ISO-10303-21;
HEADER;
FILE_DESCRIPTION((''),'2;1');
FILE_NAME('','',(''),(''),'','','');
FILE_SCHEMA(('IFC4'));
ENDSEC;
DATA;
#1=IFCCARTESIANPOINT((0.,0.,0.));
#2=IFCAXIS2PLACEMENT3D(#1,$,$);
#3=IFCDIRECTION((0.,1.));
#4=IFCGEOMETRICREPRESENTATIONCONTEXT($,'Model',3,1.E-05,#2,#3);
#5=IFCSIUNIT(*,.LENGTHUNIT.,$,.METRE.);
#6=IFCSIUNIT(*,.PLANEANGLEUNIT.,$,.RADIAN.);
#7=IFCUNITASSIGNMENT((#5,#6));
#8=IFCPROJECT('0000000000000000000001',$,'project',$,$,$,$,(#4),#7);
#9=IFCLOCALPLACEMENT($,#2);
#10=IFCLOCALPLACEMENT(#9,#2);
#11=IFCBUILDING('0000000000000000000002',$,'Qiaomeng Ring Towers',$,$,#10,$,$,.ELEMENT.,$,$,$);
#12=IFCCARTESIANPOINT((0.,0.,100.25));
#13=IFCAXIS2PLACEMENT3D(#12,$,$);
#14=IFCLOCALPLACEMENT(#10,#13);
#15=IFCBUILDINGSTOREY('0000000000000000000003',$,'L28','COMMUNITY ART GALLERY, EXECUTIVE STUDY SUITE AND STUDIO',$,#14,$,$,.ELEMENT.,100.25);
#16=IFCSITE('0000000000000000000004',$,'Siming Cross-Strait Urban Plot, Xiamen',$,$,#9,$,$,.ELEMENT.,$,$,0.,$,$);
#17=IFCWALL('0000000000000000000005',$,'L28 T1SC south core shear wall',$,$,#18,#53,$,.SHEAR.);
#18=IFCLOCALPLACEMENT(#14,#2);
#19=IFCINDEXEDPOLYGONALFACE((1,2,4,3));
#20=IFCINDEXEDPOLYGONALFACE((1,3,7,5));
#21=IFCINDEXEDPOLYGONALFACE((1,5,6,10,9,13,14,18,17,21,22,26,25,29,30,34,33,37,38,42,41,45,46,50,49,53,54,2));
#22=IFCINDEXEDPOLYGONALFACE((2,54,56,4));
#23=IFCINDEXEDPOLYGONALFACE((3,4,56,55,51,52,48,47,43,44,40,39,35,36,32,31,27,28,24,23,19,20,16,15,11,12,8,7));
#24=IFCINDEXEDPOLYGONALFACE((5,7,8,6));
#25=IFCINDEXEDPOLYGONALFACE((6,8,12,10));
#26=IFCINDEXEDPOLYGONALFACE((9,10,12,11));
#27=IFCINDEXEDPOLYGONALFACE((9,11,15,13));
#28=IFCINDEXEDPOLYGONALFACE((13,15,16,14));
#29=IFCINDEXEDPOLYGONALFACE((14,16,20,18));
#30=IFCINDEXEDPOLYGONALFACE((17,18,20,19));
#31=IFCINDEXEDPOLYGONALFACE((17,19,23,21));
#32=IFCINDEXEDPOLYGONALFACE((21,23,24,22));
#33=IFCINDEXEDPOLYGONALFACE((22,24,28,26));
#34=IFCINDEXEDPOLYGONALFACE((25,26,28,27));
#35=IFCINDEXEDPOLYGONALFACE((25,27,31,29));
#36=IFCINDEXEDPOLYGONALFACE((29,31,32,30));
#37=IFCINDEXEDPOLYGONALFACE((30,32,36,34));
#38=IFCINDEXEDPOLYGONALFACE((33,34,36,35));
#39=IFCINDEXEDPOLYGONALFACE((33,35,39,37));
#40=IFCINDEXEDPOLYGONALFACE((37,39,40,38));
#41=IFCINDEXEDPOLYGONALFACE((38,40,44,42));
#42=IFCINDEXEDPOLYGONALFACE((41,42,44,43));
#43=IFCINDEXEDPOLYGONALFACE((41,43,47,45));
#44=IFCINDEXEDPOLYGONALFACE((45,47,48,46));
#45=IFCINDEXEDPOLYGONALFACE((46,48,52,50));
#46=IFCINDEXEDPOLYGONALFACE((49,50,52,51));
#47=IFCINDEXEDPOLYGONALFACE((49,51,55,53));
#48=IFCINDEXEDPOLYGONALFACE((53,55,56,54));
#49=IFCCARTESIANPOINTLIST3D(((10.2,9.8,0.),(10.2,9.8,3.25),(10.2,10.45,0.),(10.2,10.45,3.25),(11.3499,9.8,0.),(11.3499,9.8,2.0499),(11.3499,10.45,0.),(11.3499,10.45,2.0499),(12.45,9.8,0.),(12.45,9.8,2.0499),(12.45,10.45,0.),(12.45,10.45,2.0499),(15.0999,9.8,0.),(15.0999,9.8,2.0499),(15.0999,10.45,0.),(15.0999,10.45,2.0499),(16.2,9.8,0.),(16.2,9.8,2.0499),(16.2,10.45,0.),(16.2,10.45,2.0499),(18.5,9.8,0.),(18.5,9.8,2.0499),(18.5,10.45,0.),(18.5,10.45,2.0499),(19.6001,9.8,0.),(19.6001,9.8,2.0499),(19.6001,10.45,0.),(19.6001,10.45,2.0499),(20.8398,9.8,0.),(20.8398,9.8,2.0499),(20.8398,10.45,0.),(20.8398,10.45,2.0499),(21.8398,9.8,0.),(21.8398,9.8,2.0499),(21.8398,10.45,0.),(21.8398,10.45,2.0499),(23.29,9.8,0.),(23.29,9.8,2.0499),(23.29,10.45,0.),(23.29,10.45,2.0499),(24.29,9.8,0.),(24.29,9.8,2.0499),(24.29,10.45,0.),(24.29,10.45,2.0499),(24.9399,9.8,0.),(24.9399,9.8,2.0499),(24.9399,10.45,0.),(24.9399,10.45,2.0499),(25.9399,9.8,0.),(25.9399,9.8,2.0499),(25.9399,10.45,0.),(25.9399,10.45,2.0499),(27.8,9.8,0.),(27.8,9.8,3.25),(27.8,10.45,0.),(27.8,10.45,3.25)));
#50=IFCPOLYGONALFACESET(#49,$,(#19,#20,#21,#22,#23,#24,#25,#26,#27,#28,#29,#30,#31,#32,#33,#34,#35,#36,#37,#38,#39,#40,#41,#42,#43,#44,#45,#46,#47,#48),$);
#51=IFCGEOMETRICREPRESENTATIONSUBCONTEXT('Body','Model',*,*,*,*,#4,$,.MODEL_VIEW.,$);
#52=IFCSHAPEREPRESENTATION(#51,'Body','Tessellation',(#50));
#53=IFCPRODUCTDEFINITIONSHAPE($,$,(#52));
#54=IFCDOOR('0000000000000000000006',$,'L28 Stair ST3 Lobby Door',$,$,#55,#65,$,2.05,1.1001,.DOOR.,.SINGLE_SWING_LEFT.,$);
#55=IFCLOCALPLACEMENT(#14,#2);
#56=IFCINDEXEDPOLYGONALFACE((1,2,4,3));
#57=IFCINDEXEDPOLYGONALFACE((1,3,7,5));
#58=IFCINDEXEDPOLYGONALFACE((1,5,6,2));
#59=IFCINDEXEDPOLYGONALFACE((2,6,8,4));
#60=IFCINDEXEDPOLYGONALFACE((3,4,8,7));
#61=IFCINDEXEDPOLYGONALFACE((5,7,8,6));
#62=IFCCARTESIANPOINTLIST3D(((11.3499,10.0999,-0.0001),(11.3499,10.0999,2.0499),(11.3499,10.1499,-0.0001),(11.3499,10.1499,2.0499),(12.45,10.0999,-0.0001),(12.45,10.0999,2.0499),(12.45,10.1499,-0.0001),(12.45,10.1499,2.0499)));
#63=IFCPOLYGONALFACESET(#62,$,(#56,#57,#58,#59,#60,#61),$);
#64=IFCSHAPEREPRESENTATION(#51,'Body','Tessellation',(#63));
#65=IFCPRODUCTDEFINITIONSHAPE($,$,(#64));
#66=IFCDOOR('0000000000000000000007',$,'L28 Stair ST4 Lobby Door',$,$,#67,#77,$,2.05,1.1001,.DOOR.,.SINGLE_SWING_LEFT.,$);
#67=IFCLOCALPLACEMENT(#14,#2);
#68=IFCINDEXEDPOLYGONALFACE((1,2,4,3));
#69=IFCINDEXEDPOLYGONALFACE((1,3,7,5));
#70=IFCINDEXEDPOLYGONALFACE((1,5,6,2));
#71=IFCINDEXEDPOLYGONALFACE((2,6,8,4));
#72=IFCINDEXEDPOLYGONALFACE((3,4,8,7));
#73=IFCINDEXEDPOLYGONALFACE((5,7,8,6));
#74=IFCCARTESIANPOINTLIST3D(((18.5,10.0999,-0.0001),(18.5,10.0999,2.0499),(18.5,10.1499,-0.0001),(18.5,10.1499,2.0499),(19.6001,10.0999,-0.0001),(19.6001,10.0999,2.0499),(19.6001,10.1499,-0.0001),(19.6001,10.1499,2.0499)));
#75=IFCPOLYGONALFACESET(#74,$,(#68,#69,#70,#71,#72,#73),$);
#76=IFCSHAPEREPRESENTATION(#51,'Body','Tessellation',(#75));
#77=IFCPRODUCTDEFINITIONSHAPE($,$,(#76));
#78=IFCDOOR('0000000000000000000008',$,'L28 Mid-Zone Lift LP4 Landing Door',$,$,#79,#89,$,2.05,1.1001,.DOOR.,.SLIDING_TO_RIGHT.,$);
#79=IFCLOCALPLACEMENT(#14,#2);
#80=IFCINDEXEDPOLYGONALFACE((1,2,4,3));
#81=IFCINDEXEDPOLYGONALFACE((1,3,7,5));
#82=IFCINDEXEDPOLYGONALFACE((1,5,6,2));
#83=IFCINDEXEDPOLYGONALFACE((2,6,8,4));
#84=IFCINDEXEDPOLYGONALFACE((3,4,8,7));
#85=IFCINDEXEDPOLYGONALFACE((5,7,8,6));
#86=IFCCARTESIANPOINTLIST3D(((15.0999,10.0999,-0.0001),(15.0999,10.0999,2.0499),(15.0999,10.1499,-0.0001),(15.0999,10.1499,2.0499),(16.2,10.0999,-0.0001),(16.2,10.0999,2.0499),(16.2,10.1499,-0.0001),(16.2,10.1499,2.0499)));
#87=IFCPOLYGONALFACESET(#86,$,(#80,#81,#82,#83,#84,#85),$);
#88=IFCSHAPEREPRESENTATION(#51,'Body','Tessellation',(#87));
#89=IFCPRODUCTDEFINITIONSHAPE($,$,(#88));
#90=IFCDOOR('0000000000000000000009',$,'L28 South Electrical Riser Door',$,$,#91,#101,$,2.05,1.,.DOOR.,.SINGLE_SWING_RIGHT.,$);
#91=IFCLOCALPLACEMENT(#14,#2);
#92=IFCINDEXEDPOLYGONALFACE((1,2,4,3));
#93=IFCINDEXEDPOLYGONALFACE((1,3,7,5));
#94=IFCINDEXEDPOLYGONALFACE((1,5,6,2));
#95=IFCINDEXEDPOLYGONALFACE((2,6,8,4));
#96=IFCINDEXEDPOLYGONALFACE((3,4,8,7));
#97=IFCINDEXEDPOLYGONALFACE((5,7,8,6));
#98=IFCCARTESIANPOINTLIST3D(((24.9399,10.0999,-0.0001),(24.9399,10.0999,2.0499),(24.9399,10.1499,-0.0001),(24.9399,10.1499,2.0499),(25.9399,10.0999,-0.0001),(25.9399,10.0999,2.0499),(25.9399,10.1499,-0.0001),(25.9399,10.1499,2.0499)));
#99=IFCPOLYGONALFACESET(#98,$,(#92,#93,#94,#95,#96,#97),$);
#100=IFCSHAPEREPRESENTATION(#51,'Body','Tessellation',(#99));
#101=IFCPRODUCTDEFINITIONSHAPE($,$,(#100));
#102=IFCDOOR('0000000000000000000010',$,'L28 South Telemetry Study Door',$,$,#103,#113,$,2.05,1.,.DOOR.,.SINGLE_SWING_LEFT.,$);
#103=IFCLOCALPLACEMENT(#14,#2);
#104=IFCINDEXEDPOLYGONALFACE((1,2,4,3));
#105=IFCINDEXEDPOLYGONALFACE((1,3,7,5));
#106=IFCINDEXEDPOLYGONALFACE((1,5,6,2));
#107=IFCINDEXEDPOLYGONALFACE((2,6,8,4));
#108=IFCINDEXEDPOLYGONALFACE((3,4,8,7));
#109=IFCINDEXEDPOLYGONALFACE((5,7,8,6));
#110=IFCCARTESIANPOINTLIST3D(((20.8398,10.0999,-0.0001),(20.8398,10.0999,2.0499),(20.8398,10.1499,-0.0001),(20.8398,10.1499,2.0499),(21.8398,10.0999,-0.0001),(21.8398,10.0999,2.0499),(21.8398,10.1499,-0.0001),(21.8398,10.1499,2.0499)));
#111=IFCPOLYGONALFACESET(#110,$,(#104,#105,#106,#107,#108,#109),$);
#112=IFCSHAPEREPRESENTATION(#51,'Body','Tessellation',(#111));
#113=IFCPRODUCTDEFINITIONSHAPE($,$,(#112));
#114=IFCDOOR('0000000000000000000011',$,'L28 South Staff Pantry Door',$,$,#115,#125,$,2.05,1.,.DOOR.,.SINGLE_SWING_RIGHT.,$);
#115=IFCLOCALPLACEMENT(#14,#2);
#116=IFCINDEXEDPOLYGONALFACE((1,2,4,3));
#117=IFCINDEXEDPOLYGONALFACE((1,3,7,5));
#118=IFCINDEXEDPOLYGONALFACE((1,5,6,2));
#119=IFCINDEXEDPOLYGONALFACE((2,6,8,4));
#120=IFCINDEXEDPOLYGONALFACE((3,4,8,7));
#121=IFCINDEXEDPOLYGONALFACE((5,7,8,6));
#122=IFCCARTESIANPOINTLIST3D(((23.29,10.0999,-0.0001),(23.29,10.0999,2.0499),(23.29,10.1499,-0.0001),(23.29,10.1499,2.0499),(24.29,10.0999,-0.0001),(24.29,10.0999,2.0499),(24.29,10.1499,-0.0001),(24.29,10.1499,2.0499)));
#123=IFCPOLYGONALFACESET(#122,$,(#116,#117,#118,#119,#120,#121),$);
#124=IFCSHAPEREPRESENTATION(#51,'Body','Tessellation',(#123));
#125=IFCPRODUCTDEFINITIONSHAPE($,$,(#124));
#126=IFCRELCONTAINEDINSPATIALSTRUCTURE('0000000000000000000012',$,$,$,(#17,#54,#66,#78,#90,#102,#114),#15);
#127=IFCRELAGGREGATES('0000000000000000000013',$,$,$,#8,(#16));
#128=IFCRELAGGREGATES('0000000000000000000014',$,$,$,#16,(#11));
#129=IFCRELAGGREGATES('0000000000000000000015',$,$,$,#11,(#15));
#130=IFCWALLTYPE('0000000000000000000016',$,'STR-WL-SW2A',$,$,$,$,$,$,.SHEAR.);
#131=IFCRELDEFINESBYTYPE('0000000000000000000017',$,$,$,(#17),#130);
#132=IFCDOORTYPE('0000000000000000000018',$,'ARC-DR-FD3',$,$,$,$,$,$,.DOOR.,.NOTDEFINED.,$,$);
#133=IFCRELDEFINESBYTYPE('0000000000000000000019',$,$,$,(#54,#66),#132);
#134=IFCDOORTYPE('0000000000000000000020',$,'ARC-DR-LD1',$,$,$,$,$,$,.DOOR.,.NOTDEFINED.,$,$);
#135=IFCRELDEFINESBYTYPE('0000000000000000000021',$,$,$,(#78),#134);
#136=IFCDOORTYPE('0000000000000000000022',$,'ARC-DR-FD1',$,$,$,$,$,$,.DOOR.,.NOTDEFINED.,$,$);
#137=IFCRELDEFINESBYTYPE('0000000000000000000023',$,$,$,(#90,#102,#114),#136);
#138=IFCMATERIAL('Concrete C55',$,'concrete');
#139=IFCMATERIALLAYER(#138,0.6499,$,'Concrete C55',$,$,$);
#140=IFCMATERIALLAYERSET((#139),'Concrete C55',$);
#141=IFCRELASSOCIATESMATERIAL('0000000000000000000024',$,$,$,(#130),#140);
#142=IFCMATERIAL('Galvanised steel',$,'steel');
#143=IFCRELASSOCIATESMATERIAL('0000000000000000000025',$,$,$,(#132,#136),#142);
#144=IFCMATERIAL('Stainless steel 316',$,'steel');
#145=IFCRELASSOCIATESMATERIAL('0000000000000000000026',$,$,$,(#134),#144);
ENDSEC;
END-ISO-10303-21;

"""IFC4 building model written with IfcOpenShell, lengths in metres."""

from ifc_helpers import new_model, si_unit, direction, frame, frame_2d, origin, place, context, subcontext, project, spatial, rectangle, extrude, source, transform, mapped, material, layer, layer_set, type_object, element, fill, save


model = new_model("IFC4")

# Units and contexts
model_context = context("Model", 3, precision=1e-05, world=origin(), true_north=direction((0.0, 1.0)))
body_context = subcontext(model_context, "Body", "Model", "MODEL_VIEW")
ifc_project = project(units=[si_unit("LENGTHUNIT", "METRE"), si_unit("PLANEANGLEUNIT", "RADIAN")], contexts=[model_context])

# Site, building, storey
site_placement = place(None, origin())
site = spatial("IfcSite", under=ifc_project, at=site_placement, Name="Siming Cross-Strait Urban Plot, Xiamen", CompositionType="ELEMENT", RefElevation=0.0)
building_placement = place(site_placement, origin())
building = spatial("IfcBuilding", under=site, at=building_placement, Name="Qiaomeng Ring Towers", CompositionType="ELEMENT")
storey_placement = place(building_placement, frame((0.0, 0.0, 100.25)))
storey = spatial("IfcBuildingStorey", under=building, at=storey_placement, Name="L28", Description="COMMUNITY ART GALLERY, EXECUTIVE STUDY SUITE AND STUDIO", CompositionType="ELEMENT", Elevation=100.25)

# Shared definitions
shared_shape_1 = source(origin(), body_context, "Body", "SweptSolid", [
    extrude(rectangle(XDim=1.0, YDim=2.05, at=frame_2d((0.5, 1.0249))), frame((0.0, 0.0249, 0.0), z_axis=(0.0, -1.0, 0.0), x_axis=(1.0, 0.0, 0.0)), (0.0, 0.0, 1.0), 0.05),
])

# Wall, openings, doors
ifc_material_1 = material(Name="Concrete C55", Category="concrete")
ifc_layer_1 = layer(ifc_material_1, 0.6499, Name="Concrete C55")
ifc_layer_set_1 = layer_set([ifc_layer_1], Name="Concrete C55")
wall_type_1 = type_object("IfcWallType", Name="STR-WL-SW2A", PredefinedType="SHEAR", material=ifc_layer_set_1)
wall_1_placement = place(storey_placement, frame((10.2, 10.125, 0.0), z_axis=(0.0, 0.0, 1.0), x_axis=(1.0, 0.0, 0.0)))
wall_1 = element("IfcWall", 1, at=wall_1_placement, inside=storey, type_object=wall_type_1, Name="L28 T1SC south core shear wall", PredefinedType="SHEAR", context=body_context, shape_type="SweptSolid", body=[
    extrude(rectangle(XDim=17.6001, YDim=0.6499, at=frame_2d((8.8, 0.0))), origin(), (0.0, 0.0, 1.0), 3.25),
])
opening_1_placement = place(wall_1_placement, frame((1.1499, 0.0, 0.0)))
opening_1 = element("IfcOpeningElement", 2, at=opening_1_placement, cuts=wall_1, PredefinedType="OPENING", context=body_context, shape_type="SweptSolid", body=[
    extrude(rectangle(XDim=1.1001, YDim=2.05, at=frame_2d((0.55, 1.0249))), frame((0.0, 0.335, 0.0), z_axis=(0.0, -1.0, 0.0), x_axis=(1.0, 0.0, 0.0)), (0.0, 0.0, 1.0), 0.6699),
])
opening_2_placement = place(wall_1_placement, frame((8.3, 0.0, 0.0)))
opening_2 = element("IfcOpeningElement", 3, at=opening_2_placement, cuts=wall_1, PredefinedType="OPENING", context=body_context, shape_type="SweptSolid", body=[
    extrude(rectangle(XDim=1.1001, YDim=2.05, at=frame_2d((0.55, 1.0249))), frame((0.0, 0.335, 0.0), z_axis=(0.0, -1.0, 0.0), x_axis=(1.0, 0.0, 0.0)), (0.0, 0.0, 1.0), 0.6699),
])
opening_3_placement = place(wall_1_placement, frame((4.8999, 0.0, 0.0)))
opening_3 = element("IfcOpeningElement", 4, at=opening_3_placement, cuts=wall_1, PredefinedType="OPENING", context=body_context, shape_type="SweptSolid", body=[
    extrude(rectangle(XDim=1.1001, YDim=2.05, at=frame_2d((0.55, 1.0249))), frame((0.0, 0.335, 0.0), z_axis=(0.0, -1.0, 0.0), x_axis=(1.0, 0.0, 0.0)), (0.0, 0.0, 1.0), 0.6699),
])
opening_4_placement = place(wall_1_placement, frame((14.74, 0.0, 0.0)))
opening_4 = element("IfcOpeningElement", 5, at=opening_4_placement, cuts=wall_1, PredefinedType="OPENING", context=body_context, shape_type="SweptSolid", body=[
    extrude(rectangle(XDim=1.0, YDim=2.05, at=frame_2d((0.5, 1.0249))), frame((0.0, 0.335, 0.0), z_axis=(0.0, -1.0, 0.0), x_axis=(1.0, 0.0, 0.0)), (0.0, 0.0, 1.0), 0.6699),
])
opening_5_placement = place(wall_1_placement, frame((10.6399, 0.0, 0.0)))
opening_5 = element("IfcOpeningElement", 6, at=opening_5_placement, cuts=wall_1, PredefinedType="OPENING", context=body_context, shape_type="SweptSolid", body=[
    extrude(rectangle(XDim=1.0, YDim=2.05, at=frame_2d((0.5, 1.0249))), frame((0.0, 0.335, 0.0), z_axis=(0.0, -1.0, 0.0), x_axis=(1.0, 0.0, 0.0)), (0.0, 0.0, 1.0), 0.6699),
])
opening_6_placement = place(wall_1_placement, frame((13.0901, 0.0, 0.0)))
opening_6 = element("IfcOpeningElement", 7, at=opening_6_placement, cuts=wall_1, PredefinedType="OPENING", context=body_context, shape_type="SweptSolid", body=[
    extrude(rectangle(XDim=1.0, YDim=2.05, at=frame_2d((0.5, 1.0249))), frame((0.0, 0.335, 0.0), z_axis=(0.0, -1.0, 0.0), x_axis=(1.0, 0.0, 0.0)), (0.0, 0.0, 1.0), 0.6699),
])
ifc_material_2 = material(Name="Galvanised steel", Category="steel")
door_type_1 = type_object("IfcDoorType", Name="ARC-DR-FD3", OperationType="NOTDEFINED", PredefinedType="DOOR", material=ifc_material_2)
shared_shape_2 = source(origin(), body_context, "Body", "SweptSolid", [
    extrude(rectangle(XDim=1.1001, YDim=2.05, at=frame_2d((0.55, 1.0249))), frame((0.0, 0.0249, 0.0), z_axis=(0.0, -1.0, 0.0), x_axis=(1.0, 0.0, 0.0)), (0.0, 0.0, 1.0), 0.05),
])
door_1_placement = place(opening_1_placement, origin())
door_1 = element("IfcDoor", 8, at=door_1_placement, inside=storey, type_object=door_type_1, Name="L28 Stair ST3 Lobby Door", OperationType="SINGLE_SWING_LEFT", OverallHeight=2.05, OverallWidth=1.1001, PredefinedType="DOOR", context=body_context, shape_type="MappedRepresentation", body=[
    mapped(shared_shape_2, transform((0.0, 0.0, 0.0), x_axis=(1.0, 0.0, 0.0), y_axis=(0.0, 1.0, 0.0), z_axis=(0.0, 0.0, 1.0), scale=1.0)),
])
fill(opening_1, door_1)
door_2_placement = place(opening_2_placement, origin())
door_2 = element("IfcDoor", 9, at=door_2_placement, inside=storey, type_object=door_type_1, Name="L28 Stair ST4 Lobby Door", OperationType="SINGLE_SWING_LEFT", OverallHeight=2.05, OverallWidth=1.1001, PredefinedType="DOOR", context=body_context, shape_type="MappedRepresentation", body=[
    mapped(shared_shape_2, transform((0.0, 0.0, 0.0), x_axis=(1.0, 0.0, 0.0), y_axis=(0.0, 1.0, 0.0), z_axis=(0.0, 0.0, 1.0), scale=1.0)),
])
fill(opening_2, door_2)
ifc_material_3 = material(Name="Stainless steel 316", Category="steel")
door_type_2 = type_object("IfcDoorType", Name="ARC-DR-LD1", OperationType="NOTDEFINED", PredefinedType="DOOR", material=ifc_material_3)
door_3_placement = place(opening_3_placement, origin())
door_3 = element("IfcDoor", 10, at=door_3_placement, inside=storey, type_object=door_type_2, Name="L28 Mid-Zone Lift LP4 Landing Door", OperationType="SLIDING_TO_RIGHT", OverallHeight=2.05, OverallWidth=1.1001, PredefinedType="DOOR", context=body_context, shape_type="MappedRepresentation", body=[
    mapped(shared_shape_2, transform((0.0, 0.0, 0.0), x_axis=(1.0, 0.0, 0.0), y_axis=(0.0, 1.0, 0.0), z_axis=(0.0, 0.0, 1.0), scale=1.0)),
])
fill(opening_3, door_3)
door_type_3 = type_object("IfcDoorType", Name="ARC-DR-FD1", OperationType="NOTDEFINED", PredefinedType="DOOR", material=ifc_material_2)
door_4_placement = place(opening_4_placement, origin())
door_4 = element("IfcDoor", 11, at=door_4_placement, inside=storey, type_object=door_type_3, Name="L28 South Electrical Riser Door", OperationType="SINGLE_SWING_RIGHT", OverallHeight=2.05, OverallWidth=1.0, PredefinedType="DOOR", context=body_context, shape_type="MappedRepresentation", body=[
    mapped(shared_shape_1, transform((0.0, 0.0, 0.0), x_axis=(1.0, 0.0, 0.0), y_axis=(0.0, 1.0, 0.0), z_axis=(0.0, 0.0, 1.0), scale=1.0)),
])
fill(opening_4, door_4)
door_5_placement = place(opening_5_placement, origin())
door_5 = element("IfcDoor", 12, at=door_5_placement, inside=storey, type_object=door_type_3, Name="L28 South Telemetry Study Door", OperationType="SINGLE_SWING_LEFT", OverallHeight=2.05, OverallWidth=1.0, PredefinedType="DOOR", context=body_context, shape_type="MappedRepresentation", body=[
    mapped(shared_shape_1, transform((0.0, 0.0, 0.0), x_axis=(1.0, 0.0, 0.0), y_axis=(0.0, 1.0, 0.0), z_axis=(0.0, 0.0, 1.0), scale=1.0)),
])
fill(opening_5, door_5)
door_6_placement = place(opening_6_placement, origin())
door_6 = element("IfcDoor", 13, at=door_6_placement, inside=storey, type_object=door_type_3, Name="L28 South Staff Pantry Door", OperationType="SINGLE_SWING_RIGHT", OverallHeight=2.05, OverallWidth=1.0, PredefinedType="DOOR", context=body_context, shape_type="MappedRepresentation", body=[
    mapped(shared_shape_1, transform((0.0, 0.0, 0.0), x_axis=(1.0, 0.0, 0.0), y_axis=(0.0, 1.0, 0.0), z_axis=(0.0, 0.0, 1.0), scale=1.0)),
])
fill(opening_6, door_6)

save(model, "model.ifc")
